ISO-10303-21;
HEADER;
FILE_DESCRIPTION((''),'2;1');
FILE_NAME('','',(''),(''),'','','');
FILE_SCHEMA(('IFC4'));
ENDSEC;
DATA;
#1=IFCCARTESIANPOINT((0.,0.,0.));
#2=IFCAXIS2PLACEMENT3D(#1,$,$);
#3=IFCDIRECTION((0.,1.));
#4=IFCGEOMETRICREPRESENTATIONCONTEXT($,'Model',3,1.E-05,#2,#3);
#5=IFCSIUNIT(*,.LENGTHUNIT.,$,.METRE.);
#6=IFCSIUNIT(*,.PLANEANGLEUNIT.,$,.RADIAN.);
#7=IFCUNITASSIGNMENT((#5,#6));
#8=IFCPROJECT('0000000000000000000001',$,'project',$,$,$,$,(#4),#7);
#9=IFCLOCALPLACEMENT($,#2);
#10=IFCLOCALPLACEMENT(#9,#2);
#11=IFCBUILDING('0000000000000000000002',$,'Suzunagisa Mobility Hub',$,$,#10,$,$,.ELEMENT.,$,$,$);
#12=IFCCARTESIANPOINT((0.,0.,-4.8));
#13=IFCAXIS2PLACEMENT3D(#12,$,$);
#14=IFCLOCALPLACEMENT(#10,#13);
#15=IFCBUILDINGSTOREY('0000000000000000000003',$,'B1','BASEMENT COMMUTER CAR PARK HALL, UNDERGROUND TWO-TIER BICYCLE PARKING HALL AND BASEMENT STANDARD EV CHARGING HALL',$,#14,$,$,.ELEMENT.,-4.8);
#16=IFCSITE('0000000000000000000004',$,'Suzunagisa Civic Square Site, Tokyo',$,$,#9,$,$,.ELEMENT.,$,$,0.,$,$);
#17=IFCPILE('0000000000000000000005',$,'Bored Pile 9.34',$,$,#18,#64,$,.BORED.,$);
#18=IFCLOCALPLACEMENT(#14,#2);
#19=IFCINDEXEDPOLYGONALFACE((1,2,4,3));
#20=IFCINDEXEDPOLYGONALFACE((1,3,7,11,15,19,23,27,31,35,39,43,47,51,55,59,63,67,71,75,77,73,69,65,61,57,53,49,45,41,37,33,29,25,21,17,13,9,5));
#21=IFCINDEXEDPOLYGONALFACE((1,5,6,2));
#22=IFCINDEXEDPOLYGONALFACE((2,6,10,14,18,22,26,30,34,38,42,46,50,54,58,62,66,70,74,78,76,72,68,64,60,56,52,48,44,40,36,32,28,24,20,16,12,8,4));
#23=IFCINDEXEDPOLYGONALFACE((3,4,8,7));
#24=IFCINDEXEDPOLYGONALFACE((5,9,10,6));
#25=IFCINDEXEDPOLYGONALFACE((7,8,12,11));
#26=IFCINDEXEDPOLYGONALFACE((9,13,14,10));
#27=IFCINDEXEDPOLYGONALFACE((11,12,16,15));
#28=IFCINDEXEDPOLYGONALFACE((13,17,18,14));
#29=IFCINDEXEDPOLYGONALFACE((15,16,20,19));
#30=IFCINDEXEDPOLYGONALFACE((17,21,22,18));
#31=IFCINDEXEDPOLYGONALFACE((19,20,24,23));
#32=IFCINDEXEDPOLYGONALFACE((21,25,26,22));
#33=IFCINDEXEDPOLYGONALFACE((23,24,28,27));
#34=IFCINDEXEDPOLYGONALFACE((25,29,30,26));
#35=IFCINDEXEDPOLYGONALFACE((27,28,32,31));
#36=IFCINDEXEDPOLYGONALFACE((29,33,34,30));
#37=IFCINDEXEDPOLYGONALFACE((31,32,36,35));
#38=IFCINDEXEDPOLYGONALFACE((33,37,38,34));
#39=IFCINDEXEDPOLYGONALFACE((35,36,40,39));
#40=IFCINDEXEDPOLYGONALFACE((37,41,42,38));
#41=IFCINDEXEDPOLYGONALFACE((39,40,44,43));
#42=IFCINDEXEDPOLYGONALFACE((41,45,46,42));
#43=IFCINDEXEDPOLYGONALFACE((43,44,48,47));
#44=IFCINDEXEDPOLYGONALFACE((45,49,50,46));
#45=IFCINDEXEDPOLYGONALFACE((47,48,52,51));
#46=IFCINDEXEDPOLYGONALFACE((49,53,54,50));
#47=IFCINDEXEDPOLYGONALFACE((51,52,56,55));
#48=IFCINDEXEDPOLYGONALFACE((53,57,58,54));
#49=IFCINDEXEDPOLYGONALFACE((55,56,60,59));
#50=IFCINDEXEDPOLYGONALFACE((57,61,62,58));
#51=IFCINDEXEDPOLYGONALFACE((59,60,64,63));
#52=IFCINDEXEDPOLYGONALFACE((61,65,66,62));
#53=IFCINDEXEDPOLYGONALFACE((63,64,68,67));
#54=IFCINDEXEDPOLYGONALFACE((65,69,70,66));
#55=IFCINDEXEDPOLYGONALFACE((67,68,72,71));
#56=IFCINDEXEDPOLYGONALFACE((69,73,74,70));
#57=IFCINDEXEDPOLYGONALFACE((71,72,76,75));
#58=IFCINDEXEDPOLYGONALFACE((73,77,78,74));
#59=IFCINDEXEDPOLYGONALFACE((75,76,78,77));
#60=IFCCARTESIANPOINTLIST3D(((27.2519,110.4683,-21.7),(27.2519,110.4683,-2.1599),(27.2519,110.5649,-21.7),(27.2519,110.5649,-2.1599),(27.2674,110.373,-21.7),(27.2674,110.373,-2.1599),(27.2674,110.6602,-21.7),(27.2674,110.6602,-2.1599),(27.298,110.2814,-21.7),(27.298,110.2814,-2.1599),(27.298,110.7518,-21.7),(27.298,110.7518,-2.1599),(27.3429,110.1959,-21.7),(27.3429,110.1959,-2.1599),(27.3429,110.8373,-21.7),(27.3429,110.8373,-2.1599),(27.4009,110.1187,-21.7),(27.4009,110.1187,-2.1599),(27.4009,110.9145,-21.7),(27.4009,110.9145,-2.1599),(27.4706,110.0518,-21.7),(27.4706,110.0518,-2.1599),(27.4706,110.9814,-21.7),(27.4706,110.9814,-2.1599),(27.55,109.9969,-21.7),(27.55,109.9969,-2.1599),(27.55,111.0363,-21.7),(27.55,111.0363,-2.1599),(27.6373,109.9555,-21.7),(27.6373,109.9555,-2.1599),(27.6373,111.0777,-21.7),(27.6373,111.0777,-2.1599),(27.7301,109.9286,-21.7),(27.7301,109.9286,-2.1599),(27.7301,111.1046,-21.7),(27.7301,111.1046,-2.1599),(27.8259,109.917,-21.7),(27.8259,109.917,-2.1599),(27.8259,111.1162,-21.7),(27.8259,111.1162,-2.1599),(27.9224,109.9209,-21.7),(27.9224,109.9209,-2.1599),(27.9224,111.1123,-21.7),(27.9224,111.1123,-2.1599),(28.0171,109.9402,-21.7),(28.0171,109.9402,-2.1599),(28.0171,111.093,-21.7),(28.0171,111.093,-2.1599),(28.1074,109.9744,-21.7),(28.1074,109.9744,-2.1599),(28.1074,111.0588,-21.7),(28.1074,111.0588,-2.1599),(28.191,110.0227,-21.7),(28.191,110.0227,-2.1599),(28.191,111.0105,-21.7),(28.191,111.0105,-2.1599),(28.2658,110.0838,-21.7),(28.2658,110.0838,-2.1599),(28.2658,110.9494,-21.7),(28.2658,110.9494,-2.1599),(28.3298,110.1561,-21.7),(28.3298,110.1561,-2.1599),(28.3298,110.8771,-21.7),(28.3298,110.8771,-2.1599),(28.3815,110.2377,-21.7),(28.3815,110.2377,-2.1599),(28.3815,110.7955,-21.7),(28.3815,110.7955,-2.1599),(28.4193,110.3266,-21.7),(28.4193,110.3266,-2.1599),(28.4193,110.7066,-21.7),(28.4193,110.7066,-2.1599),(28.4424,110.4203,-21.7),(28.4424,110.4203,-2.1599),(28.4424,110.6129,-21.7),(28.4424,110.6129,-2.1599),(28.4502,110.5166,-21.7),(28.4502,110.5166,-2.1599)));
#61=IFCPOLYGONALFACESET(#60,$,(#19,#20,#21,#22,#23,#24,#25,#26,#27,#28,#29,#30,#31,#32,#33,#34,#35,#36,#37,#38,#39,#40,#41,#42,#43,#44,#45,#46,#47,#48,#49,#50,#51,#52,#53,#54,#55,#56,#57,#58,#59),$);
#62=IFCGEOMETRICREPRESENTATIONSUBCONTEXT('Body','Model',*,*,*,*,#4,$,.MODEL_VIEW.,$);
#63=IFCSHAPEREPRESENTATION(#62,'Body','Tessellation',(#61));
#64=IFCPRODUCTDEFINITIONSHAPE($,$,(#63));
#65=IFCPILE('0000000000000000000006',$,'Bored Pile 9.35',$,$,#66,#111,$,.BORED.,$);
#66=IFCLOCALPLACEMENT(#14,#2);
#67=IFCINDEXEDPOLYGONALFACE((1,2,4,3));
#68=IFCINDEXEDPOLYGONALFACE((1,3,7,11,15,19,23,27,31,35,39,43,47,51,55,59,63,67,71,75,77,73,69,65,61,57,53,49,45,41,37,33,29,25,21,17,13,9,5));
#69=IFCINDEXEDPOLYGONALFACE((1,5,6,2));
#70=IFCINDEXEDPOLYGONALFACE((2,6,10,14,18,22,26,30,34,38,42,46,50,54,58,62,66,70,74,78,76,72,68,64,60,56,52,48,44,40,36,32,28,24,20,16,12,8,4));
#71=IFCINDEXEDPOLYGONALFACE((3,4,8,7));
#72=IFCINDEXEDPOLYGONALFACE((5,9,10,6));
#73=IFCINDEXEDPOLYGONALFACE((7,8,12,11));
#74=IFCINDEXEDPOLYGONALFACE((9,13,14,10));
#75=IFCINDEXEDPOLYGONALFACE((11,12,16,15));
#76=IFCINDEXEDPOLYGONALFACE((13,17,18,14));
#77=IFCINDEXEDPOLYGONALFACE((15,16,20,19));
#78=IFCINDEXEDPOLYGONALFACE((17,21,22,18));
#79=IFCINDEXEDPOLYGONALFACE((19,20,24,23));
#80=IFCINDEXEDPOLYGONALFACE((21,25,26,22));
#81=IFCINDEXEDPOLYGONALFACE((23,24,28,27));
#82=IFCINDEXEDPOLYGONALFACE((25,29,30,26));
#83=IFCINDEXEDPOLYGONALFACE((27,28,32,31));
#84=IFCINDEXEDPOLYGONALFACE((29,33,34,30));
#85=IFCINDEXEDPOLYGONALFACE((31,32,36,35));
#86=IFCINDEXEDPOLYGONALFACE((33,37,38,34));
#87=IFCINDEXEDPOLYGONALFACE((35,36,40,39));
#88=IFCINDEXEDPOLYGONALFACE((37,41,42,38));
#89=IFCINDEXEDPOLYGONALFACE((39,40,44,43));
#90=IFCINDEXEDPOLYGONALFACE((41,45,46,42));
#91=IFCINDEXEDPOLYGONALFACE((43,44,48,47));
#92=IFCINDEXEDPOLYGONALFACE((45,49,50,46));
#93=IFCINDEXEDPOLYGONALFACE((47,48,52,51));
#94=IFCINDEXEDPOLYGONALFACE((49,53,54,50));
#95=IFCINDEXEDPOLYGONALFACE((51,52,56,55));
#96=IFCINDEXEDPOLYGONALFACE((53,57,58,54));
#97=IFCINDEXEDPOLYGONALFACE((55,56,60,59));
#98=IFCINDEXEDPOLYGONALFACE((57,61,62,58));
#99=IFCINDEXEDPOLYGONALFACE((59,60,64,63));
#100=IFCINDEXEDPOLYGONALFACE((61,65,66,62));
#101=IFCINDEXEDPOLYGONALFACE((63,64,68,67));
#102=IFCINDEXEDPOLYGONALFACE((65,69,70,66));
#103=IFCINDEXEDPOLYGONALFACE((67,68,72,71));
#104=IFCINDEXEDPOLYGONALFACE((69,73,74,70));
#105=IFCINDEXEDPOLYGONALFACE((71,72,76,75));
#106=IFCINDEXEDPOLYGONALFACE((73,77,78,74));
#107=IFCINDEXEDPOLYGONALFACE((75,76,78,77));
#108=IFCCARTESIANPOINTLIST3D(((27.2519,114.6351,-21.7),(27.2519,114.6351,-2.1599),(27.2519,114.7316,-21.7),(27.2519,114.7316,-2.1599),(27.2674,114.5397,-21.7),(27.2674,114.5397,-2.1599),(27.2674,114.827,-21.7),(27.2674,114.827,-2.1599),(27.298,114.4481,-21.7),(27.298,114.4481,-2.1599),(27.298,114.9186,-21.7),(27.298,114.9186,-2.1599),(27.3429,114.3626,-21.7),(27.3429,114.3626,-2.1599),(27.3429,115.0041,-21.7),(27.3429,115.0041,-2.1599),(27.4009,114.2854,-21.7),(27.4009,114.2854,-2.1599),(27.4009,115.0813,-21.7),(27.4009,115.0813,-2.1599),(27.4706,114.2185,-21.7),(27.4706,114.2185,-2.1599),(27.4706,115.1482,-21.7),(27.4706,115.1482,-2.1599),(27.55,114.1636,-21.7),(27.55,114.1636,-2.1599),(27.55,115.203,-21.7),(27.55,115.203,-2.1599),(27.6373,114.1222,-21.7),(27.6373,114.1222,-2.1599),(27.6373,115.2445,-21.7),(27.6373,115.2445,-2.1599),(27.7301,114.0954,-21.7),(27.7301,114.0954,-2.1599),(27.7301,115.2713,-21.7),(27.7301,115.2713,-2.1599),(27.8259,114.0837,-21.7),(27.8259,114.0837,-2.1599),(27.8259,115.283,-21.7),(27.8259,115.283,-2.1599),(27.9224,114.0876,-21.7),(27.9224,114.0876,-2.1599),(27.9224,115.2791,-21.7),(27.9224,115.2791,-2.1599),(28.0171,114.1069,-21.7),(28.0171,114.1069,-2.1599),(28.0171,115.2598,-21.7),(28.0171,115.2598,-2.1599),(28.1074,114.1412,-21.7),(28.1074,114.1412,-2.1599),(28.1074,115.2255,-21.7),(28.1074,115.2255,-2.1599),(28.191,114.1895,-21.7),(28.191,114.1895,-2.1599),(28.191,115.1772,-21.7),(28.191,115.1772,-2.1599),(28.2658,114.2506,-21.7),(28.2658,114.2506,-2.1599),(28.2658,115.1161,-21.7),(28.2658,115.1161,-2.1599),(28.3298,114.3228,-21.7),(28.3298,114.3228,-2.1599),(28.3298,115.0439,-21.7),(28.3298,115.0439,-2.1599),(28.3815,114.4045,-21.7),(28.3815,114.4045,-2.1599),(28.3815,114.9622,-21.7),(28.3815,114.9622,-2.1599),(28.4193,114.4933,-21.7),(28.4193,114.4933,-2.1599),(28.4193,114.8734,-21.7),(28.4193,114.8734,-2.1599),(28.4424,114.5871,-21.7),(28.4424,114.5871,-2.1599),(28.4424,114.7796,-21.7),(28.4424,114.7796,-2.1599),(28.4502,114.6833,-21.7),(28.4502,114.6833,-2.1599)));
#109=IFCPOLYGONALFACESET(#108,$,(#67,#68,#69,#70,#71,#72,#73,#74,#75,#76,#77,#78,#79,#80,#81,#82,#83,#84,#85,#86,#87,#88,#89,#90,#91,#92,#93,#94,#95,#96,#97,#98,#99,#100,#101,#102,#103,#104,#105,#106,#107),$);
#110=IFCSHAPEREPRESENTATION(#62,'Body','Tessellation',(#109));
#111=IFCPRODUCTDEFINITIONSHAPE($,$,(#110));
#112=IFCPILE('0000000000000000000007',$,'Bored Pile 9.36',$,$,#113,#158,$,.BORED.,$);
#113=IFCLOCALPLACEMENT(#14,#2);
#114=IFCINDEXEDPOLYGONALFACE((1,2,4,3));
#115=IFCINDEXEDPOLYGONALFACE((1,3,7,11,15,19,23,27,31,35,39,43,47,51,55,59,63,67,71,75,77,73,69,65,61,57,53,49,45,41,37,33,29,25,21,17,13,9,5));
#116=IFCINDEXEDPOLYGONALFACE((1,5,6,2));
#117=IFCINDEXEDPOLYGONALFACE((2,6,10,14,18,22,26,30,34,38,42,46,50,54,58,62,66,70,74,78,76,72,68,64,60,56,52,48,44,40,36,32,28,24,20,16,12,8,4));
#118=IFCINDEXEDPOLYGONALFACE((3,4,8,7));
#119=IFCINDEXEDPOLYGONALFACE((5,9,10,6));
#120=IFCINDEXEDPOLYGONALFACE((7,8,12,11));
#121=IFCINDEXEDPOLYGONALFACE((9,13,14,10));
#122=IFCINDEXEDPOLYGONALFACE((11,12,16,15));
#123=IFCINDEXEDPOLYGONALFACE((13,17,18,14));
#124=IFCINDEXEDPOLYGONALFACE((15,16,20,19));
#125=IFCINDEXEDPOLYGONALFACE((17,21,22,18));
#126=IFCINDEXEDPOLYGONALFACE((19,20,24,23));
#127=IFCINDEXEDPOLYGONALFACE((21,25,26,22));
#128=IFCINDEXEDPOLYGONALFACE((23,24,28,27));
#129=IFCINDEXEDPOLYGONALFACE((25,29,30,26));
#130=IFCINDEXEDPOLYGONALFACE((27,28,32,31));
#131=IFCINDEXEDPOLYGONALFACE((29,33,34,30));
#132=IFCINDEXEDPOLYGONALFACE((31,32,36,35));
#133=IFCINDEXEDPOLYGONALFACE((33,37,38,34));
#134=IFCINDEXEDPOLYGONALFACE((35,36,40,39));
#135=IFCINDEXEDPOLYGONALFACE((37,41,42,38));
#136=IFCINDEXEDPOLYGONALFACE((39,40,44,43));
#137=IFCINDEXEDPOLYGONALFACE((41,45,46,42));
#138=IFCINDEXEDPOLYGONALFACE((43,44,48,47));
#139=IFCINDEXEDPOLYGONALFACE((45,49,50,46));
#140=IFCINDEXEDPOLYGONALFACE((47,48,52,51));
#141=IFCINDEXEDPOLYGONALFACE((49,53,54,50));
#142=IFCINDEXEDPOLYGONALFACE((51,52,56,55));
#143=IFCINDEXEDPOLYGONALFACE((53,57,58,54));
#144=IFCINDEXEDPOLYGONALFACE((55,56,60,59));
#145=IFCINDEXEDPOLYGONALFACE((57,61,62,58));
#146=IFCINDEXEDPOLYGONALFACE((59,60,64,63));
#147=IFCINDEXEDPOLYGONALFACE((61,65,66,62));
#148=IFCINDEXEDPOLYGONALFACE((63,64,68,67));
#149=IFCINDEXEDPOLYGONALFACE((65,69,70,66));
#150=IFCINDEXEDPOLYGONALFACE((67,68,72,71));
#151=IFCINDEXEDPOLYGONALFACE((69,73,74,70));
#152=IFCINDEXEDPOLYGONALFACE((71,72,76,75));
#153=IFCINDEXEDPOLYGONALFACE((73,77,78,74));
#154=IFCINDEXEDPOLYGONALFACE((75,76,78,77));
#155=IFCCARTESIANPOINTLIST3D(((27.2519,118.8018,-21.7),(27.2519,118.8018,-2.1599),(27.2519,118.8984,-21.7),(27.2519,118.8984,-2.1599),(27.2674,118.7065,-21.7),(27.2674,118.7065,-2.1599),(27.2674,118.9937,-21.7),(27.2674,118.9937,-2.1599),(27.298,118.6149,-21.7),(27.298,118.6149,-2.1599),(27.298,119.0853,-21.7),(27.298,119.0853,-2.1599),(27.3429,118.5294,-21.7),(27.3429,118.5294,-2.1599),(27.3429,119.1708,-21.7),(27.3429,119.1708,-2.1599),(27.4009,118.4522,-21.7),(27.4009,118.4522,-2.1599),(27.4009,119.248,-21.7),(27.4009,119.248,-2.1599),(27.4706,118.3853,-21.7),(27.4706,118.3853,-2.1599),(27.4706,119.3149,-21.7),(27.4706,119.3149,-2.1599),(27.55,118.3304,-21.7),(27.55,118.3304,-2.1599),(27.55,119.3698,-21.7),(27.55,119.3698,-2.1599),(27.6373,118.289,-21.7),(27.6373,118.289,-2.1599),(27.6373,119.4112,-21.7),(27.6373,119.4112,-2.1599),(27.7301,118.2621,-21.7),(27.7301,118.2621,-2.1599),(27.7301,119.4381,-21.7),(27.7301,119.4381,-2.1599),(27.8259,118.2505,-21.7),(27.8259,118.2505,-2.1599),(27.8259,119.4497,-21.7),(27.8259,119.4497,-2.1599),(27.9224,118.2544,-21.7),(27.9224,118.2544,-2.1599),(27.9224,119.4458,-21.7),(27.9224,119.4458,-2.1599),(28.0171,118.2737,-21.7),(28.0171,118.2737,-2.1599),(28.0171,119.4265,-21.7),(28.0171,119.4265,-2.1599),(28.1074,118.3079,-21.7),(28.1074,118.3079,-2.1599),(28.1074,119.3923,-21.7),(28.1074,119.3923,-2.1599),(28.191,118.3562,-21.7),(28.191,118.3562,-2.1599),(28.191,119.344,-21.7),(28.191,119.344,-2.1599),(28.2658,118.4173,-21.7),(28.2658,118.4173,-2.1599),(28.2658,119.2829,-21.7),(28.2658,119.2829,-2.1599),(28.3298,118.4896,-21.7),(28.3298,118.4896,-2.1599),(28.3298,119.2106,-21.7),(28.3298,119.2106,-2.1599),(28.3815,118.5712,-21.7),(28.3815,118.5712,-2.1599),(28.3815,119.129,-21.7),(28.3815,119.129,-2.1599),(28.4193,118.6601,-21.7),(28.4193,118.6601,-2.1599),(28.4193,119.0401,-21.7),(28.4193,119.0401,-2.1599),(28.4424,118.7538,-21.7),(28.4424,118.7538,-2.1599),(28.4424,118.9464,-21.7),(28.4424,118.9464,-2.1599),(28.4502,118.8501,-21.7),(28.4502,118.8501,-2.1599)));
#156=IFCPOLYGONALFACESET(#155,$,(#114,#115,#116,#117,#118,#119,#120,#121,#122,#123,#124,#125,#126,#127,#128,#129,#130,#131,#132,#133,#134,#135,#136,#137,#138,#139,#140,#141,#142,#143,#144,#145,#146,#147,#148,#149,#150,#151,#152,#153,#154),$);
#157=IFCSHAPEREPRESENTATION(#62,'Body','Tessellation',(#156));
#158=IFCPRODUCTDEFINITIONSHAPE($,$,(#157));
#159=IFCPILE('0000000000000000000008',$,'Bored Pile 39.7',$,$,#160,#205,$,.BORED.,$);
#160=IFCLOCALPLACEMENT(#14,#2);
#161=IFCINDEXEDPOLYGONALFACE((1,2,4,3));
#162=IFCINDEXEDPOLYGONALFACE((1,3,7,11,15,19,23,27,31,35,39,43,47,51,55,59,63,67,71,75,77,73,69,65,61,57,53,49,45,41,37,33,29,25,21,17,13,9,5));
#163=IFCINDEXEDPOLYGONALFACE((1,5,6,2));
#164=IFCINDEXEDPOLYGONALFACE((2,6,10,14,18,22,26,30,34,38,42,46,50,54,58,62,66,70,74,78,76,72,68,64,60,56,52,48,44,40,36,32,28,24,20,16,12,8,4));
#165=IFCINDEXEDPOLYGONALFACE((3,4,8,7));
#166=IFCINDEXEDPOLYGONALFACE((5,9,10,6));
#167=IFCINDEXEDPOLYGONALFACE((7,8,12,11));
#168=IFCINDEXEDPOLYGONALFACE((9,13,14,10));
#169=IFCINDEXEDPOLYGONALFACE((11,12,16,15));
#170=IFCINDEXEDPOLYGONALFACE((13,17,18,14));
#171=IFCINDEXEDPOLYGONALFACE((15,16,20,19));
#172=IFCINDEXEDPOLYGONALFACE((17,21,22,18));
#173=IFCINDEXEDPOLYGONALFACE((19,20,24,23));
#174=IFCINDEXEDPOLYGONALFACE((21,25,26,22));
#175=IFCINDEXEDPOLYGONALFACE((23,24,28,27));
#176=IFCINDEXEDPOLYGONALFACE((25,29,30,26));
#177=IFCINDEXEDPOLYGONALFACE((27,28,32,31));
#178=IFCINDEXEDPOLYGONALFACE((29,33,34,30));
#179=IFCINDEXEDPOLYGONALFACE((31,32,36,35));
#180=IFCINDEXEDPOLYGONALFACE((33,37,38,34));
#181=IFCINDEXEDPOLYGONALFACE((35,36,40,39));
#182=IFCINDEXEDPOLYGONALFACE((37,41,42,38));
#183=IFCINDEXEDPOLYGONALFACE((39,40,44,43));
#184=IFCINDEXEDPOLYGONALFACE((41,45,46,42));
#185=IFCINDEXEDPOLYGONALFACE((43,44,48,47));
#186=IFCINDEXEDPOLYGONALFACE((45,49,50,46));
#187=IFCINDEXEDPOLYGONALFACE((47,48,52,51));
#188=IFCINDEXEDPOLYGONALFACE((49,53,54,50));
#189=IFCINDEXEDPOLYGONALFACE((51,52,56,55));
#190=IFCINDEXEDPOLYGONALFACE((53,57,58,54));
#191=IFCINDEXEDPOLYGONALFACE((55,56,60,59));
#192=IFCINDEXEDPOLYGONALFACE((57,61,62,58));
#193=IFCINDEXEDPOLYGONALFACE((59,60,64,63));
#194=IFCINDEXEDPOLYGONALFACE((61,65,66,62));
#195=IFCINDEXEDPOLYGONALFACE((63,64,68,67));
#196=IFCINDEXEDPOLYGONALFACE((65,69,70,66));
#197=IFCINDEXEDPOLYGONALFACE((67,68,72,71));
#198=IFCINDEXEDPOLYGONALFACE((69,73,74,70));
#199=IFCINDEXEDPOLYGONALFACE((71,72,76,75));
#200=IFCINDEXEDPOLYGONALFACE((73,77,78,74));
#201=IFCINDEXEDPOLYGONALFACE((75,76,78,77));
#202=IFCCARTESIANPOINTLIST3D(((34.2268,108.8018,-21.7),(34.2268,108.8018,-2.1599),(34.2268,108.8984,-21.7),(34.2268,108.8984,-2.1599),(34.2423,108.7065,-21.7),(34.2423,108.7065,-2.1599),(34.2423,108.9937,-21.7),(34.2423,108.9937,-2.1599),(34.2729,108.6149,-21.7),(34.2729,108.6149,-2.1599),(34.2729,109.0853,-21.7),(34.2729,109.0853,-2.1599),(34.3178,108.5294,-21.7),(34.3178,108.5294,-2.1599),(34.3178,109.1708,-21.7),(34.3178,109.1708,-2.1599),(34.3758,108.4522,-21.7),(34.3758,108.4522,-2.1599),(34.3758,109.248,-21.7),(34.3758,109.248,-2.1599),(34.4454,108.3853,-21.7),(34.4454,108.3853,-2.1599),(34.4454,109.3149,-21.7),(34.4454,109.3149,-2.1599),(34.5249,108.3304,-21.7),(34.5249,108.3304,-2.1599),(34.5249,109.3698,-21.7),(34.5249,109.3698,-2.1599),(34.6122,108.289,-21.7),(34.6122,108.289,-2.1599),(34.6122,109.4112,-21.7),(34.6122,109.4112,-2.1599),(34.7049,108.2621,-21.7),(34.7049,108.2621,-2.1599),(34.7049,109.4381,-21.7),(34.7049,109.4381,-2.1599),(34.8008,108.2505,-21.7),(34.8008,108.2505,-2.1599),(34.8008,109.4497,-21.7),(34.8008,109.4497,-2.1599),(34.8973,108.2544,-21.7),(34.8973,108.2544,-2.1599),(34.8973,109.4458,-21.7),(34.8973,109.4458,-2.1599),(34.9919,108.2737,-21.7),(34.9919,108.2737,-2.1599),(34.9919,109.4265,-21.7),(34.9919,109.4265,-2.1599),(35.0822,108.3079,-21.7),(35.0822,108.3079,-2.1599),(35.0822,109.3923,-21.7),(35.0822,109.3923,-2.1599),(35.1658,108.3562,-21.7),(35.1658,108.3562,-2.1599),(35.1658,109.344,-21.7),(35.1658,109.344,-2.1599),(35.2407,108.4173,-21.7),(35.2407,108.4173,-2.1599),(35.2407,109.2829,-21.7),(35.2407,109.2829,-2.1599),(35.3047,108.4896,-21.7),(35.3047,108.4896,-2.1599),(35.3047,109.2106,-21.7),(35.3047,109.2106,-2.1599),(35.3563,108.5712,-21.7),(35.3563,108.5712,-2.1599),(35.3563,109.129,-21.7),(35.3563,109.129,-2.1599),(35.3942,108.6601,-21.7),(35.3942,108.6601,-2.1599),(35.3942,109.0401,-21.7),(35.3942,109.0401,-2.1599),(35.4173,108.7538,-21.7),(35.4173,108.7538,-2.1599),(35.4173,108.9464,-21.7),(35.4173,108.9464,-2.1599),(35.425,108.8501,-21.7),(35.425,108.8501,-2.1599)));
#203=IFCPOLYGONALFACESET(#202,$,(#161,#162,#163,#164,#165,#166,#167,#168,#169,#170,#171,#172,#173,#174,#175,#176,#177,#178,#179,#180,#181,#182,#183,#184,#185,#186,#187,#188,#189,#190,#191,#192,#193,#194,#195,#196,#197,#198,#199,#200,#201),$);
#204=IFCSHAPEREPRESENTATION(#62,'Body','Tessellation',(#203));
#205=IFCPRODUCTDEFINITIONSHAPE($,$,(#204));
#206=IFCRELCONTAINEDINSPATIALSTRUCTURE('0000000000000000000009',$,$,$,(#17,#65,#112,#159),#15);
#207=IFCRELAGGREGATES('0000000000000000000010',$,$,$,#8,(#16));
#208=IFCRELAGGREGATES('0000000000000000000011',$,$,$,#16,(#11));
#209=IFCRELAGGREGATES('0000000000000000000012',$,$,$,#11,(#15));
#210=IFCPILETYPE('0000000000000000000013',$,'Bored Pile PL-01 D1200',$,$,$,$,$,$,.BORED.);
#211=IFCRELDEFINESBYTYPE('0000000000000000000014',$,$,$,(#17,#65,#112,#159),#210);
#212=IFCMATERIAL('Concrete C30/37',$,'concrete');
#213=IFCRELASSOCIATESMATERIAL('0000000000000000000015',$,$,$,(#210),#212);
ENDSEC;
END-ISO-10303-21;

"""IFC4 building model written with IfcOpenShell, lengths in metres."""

from ifc_helpers import new_model, si_unit, direction, frame, origin, origin_2d, place, context, subcontext, project, spatial, circle, extrude, material, material_profile, profile_set, type_object, element, save


model = new_model("IFC4")

# Units and contexts
model_context = context("Model", 3, precision=1e-05, world=origin(), true_north=direction((0.0, 1.0)))
body_context = subcontext(model_context, "Body", "Model", "MODEL_VIEW")
ifc_project = project(units=[si_unit("LENGTHUNIT", "METRE"), si_unit("PLANEANGLEUNIT", "RADIAN")], contexts=[model_context])

# Site, building, storey
site_placement = place(None, origin())
site = spatial("IfcSite", under=ifc_project, at=site_placement, Name="Suzunagisa Civic Square Site, Tokyo", CompositionType="ELEMENT", RefElevation=0.0)
building_placement = place(site_placement, origin())
building = spatial("IfcBuilding", under=site, at=building_placement, Name="Suzunagisa Mobility Hub", CompositionType="ELEMENT")
storey_placement = place(building_placement, frame((0.0, 0.0, -4.8)))
storey = spatial("IfcBuildingStorey", under=building, at=storey_placement, Name="B1", Description="BASEMENT COMMUTER CAR PARK HALL, UNDERGROUND TWO-TIER BICYCLE PARKING HALL AND BASEMENT STANDARD EV CHARGING HALL", CompositionType="ELEMENT", Elevation=-4.8)

# Piles
ifc_material_1 = material(Name="Concrete C30/37", Category="concrete")
ifc_material_profile_1 = material_profile(ifc_material_1, circle(Radius=0.6001, at=origin_2d()), Name="BORED PILE D1200")
ifc_profile_set_1 = profile_set([ifc_material_profile_1], Name="Concrete C30/37")
pile_type_1 = type_object("IfcPileType", Name="Bored Pile PL-01 D1200", PredefinedType="BORED", material=ifc_profile_set_1)
for number, where, z_axis, x_axis, name in (
    (1, (27.8501, 110.5166, -2.1599), (0.0, 0.0, -1.0), (1.0, 0.0, 0.0), "Bored Pile 9.34"),
    (2, (27.8501, 114.6833, -2.1599), (0.0, 0.0, -1.0), (1.0, 0.0, 0.0), "Bored Pile 9.35"),
    (3, (27.8501, 118.8501, -2.1599), (0.0, 0.0, -1.0), (1.0, 0.0, 0.0), "Bored Pile 9.36"),
    (4, (34.825, 108.8501, -2.1599), (0.0, 0.0, -1.0), (1.0, 0.0, 0.0), "Bored Pile 39.7"),
):
    element("IfcPile", number, at=place(storey_placement, frame(where, z_axis=z_axis, x_axis=x_axis)), inside=storey, type_object=pile_type_1, Name=name, PredefinedType="BORED", context=body_context, shape_type="SweptSolid", body=[
        extrude(circle(Radius=0.6001, at=origin_2d()), origin(), (0.0, 0.0, 1.0), 19.54),
    ])

save(model, "model.ifc")
